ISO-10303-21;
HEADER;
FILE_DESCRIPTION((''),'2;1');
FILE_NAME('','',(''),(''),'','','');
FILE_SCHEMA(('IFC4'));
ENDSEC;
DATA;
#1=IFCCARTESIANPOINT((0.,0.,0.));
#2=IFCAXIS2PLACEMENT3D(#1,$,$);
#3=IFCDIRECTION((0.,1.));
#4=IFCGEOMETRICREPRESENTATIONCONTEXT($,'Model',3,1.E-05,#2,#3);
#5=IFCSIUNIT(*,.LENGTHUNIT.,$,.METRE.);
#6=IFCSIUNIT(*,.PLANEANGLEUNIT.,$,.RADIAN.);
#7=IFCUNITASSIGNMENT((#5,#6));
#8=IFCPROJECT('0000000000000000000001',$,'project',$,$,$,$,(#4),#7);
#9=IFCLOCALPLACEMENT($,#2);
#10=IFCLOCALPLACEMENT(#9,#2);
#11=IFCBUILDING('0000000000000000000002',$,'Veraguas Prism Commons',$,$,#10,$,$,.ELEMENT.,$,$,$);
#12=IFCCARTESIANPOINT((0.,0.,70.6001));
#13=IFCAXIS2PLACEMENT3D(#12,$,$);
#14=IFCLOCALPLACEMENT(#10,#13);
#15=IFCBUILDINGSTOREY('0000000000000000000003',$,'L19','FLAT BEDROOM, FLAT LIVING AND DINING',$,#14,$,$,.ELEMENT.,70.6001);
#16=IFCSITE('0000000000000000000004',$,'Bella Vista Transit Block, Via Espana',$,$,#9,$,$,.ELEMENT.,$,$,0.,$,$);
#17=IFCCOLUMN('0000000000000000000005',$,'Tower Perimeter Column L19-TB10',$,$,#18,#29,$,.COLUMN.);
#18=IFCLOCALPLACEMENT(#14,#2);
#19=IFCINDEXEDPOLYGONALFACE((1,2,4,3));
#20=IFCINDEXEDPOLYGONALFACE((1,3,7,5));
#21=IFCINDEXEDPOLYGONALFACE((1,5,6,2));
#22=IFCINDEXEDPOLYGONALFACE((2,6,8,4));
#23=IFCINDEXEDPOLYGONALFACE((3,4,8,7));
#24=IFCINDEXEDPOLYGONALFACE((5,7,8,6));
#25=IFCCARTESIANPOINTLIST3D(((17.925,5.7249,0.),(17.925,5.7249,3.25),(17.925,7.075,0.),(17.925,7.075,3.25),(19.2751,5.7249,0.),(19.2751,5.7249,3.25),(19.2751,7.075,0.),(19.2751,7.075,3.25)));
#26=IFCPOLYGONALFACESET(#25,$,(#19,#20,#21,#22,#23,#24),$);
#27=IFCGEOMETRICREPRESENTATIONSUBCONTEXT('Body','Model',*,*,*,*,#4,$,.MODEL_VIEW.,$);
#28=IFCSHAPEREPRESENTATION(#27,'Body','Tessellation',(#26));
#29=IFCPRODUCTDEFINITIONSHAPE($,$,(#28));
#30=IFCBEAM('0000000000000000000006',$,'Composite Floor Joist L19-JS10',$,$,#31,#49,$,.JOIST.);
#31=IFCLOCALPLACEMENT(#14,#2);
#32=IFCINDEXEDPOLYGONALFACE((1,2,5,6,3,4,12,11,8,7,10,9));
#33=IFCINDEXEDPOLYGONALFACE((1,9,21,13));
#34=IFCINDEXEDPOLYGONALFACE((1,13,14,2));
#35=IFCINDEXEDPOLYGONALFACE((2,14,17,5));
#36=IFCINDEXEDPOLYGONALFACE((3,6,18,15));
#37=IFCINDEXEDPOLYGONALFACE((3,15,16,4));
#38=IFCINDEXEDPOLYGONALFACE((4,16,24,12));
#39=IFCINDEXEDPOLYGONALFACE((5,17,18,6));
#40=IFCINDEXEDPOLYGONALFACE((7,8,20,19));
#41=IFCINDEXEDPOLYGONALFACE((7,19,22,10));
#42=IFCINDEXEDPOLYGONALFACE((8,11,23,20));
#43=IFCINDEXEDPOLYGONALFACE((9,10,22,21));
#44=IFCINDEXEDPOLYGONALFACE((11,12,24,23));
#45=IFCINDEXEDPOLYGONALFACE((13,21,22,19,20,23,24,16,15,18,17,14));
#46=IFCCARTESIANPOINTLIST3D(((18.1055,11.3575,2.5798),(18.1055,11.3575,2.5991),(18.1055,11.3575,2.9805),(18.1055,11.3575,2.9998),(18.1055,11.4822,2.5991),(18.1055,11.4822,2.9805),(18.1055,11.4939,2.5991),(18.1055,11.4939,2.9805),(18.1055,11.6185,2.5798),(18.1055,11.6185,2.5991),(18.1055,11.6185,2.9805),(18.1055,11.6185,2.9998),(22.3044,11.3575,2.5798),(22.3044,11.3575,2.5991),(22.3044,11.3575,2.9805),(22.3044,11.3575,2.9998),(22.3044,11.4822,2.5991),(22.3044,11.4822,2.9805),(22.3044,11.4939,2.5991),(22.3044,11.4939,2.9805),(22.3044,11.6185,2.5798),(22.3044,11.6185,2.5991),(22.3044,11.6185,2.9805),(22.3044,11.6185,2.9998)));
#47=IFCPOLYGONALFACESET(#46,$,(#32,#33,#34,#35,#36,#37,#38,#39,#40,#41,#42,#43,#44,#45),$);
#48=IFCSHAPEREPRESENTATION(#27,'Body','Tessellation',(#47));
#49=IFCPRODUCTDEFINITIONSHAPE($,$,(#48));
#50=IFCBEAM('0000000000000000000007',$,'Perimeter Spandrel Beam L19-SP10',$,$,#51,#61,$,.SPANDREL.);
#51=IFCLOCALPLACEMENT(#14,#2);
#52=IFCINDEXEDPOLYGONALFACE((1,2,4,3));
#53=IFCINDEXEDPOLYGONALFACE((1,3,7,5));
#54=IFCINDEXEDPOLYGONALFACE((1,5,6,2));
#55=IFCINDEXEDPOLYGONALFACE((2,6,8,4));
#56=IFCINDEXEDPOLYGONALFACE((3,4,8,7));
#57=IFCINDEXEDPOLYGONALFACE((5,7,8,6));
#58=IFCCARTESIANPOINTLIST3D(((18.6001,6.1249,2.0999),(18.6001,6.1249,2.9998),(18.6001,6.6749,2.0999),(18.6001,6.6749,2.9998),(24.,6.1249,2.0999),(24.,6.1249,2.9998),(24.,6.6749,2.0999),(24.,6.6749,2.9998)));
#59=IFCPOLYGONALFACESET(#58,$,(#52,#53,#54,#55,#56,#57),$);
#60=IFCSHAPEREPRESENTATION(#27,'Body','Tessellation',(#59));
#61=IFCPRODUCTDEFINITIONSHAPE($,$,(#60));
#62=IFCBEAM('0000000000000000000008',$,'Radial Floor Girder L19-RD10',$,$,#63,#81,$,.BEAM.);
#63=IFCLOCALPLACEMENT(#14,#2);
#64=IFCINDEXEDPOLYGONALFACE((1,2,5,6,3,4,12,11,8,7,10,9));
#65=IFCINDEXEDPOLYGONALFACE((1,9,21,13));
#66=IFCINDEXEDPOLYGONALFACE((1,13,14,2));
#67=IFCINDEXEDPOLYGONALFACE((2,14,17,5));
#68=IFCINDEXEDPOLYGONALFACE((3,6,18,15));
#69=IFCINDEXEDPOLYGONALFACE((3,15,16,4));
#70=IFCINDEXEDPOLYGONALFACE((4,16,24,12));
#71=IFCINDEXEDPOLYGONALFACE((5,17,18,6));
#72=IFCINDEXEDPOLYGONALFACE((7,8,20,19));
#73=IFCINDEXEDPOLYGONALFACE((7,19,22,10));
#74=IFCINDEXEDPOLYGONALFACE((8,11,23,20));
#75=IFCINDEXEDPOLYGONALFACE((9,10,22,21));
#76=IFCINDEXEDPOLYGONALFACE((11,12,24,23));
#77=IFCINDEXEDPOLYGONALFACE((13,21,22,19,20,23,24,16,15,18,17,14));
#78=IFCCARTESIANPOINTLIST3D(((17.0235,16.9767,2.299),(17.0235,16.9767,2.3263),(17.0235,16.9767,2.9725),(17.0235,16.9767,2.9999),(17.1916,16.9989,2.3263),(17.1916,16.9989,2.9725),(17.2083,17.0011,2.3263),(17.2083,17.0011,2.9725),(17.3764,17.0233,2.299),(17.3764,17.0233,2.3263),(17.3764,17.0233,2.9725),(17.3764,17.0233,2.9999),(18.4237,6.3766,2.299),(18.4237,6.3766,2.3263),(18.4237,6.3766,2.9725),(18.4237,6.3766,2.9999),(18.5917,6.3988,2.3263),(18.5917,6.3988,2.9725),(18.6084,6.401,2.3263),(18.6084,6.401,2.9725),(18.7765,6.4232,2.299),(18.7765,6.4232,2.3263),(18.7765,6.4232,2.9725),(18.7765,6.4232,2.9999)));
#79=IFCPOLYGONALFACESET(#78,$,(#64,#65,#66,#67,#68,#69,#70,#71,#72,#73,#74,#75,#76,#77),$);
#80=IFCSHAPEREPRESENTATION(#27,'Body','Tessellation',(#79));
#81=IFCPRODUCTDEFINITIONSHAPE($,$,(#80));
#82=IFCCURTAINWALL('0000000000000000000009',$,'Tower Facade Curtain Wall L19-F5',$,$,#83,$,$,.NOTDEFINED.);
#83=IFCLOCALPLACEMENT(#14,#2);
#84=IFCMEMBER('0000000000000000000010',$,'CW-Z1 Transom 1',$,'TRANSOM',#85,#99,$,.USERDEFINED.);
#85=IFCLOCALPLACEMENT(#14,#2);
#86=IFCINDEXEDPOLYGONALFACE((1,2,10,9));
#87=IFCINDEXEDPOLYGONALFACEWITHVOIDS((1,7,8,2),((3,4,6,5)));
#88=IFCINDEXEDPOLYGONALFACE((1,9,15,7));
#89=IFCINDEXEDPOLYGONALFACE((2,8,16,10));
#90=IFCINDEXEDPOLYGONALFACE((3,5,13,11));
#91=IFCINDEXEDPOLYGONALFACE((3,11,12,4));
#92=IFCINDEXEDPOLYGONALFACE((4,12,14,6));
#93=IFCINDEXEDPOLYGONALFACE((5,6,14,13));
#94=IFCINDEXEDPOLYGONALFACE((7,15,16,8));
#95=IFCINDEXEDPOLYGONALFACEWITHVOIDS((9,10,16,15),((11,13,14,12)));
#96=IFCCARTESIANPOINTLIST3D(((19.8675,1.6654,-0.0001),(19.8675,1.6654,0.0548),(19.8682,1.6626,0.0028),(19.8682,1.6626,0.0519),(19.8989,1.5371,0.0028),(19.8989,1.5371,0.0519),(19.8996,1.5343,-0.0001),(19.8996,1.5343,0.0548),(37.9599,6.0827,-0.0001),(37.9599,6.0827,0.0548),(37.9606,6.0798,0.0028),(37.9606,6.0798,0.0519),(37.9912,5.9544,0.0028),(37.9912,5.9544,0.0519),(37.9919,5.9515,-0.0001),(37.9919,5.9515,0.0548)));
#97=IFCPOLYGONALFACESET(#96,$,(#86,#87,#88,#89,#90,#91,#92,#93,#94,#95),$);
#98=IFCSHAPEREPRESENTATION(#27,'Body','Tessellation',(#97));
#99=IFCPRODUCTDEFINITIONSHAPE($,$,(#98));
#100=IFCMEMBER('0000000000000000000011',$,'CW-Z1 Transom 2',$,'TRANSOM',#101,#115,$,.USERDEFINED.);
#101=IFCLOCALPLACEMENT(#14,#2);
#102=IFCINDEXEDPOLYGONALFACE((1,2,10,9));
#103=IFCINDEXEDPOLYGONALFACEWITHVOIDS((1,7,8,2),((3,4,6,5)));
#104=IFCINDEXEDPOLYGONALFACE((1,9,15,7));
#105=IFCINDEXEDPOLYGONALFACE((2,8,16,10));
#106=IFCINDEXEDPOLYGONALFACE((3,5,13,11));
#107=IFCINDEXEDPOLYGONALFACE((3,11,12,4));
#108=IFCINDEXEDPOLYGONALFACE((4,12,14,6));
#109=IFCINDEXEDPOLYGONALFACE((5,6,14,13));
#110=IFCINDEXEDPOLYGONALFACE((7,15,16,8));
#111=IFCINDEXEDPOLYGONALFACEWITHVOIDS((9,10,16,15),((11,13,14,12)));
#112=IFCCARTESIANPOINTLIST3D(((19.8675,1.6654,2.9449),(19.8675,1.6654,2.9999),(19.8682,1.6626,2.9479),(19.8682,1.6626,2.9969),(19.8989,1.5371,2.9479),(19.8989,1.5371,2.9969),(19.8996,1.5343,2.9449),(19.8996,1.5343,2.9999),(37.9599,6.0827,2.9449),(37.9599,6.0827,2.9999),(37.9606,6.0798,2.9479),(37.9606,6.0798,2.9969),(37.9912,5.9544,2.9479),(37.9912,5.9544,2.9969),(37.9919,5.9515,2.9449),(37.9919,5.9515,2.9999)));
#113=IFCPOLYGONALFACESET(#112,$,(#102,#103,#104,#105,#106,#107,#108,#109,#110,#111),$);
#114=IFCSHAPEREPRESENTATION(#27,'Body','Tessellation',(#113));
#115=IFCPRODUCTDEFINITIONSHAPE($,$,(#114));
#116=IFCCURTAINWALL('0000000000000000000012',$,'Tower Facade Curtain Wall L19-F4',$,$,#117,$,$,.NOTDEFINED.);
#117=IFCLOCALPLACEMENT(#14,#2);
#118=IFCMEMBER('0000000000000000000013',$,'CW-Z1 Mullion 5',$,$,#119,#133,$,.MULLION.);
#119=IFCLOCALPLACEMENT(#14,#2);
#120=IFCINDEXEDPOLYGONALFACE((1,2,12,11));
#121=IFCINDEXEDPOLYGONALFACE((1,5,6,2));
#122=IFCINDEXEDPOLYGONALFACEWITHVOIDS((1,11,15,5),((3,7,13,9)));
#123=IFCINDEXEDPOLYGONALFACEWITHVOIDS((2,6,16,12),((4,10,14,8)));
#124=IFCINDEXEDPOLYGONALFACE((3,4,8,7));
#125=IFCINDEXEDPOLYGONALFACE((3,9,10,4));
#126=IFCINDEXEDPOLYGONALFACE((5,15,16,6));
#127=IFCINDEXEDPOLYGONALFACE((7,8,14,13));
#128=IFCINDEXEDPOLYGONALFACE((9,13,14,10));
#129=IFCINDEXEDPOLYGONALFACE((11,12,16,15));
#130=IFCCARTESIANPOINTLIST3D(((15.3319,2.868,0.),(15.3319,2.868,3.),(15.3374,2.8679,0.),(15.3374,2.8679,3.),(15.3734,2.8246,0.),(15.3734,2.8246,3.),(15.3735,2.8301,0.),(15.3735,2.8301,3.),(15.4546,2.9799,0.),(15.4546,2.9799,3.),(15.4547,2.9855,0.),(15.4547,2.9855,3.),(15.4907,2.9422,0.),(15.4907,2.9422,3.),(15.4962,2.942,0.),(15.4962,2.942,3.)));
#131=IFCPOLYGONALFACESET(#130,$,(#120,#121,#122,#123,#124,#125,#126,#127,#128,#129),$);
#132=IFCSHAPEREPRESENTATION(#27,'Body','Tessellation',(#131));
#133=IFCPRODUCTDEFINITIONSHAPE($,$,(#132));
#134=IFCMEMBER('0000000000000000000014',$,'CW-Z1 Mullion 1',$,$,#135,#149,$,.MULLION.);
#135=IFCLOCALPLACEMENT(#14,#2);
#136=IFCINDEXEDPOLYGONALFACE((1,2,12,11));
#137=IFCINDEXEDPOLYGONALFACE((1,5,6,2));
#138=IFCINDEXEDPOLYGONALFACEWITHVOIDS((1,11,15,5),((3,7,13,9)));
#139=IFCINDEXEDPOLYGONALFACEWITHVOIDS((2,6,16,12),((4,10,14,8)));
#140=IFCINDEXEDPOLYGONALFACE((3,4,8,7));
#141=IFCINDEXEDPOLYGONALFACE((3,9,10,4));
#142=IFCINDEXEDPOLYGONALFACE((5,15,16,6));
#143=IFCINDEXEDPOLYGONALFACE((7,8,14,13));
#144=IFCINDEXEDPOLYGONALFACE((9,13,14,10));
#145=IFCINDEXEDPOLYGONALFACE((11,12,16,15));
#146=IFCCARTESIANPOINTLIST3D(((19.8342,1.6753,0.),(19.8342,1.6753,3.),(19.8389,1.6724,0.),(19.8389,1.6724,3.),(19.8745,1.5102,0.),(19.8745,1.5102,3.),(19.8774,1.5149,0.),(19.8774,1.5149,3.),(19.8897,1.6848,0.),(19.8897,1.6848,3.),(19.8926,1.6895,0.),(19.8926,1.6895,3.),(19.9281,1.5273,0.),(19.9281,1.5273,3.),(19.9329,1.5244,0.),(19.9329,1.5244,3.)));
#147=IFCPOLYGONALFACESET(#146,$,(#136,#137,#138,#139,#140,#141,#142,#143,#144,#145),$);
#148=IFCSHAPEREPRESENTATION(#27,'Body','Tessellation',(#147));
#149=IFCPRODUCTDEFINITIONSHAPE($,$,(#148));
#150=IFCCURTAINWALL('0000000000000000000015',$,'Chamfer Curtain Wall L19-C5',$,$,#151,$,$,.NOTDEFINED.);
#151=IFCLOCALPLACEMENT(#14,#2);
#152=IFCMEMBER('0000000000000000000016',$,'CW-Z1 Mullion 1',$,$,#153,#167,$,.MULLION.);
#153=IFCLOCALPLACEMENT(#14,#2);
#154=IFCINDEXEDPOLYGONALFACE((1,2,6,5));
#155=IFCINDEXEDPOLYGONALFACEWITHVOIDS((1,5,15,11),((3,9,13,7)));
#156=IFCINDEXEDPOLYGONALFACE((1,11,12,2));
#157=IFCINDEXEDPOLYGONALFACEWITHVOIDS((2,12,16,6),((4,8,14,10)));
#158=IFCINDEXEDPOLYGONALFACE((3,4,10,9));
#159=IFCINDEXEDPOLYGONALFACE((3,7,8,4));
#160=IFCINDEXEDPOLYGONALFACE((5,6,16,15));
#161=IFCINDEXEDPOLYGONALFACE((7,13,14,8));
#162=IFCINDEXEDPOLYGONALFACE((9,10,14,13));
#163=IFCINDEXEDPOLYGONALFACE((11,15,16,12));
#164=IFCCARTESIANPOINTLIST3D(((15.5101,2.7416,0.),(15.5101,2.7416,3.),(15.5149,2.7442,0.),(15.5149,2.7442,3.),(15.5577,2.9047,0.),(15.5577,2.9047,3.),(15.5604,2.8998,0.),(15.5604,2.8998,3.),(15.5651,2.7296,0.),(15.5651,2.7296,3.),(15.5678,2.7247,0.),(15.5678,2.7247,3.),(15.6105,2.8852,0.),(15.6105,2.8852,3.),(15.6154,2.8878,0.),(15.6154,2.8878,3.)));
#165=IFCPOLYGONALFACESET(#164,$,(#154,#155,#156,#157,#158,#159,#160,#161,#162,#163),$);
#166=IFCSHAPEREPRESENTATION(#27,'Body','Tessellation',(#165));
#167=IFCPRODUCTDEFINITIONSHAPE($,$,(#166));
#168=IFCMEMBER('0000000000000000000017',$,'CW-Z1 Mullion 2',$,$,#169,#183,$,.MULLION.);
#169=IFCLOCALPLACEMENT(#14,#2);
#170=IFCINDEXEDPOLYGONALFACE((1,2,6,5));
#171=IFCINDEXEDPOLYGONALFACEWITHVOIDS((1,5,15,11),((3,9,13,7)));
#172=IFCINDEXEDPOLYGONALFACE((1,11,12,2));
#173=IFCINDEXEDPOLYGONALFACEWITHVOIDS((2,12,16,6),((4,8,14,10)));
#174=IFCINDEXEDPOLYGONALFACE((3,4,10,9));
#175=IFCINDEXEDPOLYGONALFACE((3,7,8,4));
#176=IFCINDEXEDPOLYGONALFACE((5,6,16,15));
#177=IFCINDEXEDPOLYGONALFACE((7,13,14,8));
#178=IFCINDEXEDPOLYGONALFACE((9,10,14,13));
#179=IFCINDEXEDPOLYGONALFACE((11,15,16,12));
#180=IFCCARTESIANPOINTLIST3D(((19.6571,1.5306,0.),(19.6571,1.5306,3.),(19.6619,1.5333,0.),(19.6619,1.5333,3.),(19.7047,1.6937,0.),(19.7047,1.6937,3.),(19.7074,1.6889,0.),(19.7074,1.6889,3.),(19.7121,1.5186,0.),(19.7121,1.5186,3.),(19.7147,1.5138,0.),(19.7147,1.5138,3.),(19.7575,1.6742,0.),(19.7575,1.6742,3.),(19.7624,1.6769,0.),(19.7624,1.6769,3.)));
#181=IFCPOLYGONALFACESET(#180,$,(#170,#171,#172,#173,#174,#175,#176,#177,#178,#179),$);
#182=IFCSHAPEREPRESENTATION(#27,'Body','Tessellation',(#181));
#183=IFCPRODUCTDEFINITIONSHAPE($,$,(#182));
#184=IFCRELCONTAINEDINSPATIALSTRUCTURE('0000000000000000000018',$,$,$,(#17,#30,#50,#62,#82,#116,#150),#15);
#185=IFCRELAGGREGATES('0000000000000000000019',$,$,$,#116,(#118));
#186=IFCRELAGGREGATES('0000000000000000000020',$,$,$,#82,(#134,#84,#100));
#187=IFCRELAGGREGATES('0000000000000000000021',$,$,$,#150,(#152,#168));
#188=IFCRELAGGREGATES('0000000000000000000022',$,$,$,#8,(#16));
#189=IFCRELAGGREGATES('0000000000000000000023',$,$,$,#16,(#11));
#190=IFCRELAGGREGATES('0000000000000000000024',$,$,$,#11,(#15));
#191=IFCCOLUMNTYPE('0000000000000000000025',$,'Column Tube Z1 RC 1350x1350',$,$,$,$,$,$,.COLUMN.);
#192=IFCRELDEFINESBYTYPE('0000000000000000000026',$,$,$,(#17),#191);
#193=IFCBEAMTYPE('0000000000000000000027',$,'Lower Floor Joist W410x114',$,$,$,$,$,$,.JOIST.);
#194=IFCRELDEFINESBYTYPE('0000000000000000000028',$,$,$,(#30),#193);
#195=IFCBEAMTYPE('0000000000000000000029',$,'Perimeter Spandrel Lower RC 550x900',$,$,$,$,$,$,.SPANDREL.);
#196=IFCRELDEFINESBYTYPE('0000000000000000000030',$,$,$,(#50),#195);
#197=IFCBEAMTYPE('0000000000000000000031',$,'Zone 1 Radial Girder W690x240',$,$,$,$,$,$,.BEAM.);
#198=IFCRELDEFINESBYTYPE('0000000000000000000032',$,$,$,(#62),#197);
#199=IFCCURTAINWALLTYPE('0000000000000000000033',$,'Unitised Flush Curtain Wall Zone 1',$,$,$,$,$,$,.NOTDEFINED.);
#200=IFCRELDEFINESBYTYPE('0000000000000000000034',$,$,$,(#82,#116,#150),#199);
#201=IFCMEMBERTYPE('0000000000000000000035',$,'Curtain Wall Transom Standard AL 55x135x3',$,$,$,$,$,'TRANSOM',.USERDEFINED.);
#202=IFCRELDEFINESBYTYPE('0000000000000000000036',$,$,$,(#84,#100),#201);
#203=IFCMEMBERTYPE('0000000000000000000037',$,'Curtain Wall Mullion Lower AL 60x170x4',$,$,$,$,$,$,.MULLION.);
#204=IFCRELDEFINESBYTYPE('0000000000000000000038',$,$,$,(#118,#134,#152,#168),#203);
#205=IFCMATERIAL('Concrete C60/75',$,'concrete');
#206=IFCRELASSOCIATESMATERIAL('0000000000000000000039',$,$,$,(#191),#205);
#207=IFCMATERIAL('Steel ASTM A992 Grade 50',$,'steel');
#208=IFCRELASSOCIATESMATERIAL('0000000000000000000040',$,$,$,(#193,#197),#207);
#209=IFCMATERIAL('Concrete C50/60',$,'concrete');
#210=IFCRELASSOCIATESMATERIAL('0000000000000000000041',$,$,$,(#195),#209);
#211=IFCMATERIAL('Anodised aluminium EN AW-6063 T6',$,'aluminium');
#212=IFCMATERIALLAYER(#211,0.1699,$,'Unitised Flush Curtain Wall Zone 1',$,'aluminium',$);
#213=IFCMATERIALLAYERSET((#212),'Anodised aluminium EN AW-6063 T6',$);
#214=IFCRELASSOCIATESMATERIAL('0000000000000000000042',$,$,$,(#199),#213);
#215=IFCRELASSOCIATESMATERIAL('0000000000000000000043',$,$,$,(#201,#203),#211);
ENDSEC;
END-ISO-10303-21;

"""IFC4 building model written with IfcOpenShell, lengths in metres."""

from ifc_helpers import new_model, si_unit, direction, frame, origin, origin_2d, place, context, subcontext, project, spatial, rectangle, hollow_rectangle, i_section, extrude, source, transform, mapped, material, layer, layer_set, material_profile, profile_set, type_object, element, aggregate, save


model = new_model("IFC4")

# Units and contexts
model_context = context("Model", 3, precision=1e-05, world=origin(), true_north=direction((0.0, 1.0)))
body_context = subcontext(model_context, "Body", "Model", "MODEL_VIEW")
ifc_project = project(units=[si_unit("LENGTHUNIT", "METRE"), si_unit("PLANEANGLEUNIT", "RADIAN")], contexts=[model_context])

# Site, building, storey
site_placement = place(None, origin())
site = spatial("IfcSite", under=ifc_project, at=site_placement, Name="Bella Vista Transit Block, Via Espana", CompositionType="ELEMENT", RefElevation=0.0)
building_placement = place(site_placement, origin())
building = spatial("IfcBuilding", under=site, at=building_placement, Name="Veraguas Prism Commons", CompositionType="ELEMENT")
storey_placement = place(building_placement, frame((0.0, 0.0, 70.6001)))
storey = spatial("IfcBuildingStorey", under=building, at=storey_placement, Name="L19", Description="FLAT BEDROOM, FLAT LIVING AND DINING", CompositionType="ELEMENT", Elevation=70.6001)

# Column
ifc_material_1 = material(Name="Concrete C60/75", Category="concrete")
ifc_material_profile_1 = material_profile(ifc_material_1, rectangle(XDim=1.3501, YDim=1.3501, at=origin_2d()), Name="RC1350X1350")
ifc_profile_set_1 = profile_set([ifc_material_profile_1], Name="Concrete C60/75")
column_type = type_object("IfcColumnType", Name="Column Tube Z1 RC 1350x1350", PredefinedType="COLUMN", material=ifc_profile_set_1)
column_placement = place(storey_placement, frame((18.6001, 6.3999, 0.0), z_axis=(0.0, 0.0, 1.0), x_axis=(1.0, 0.0, 0.0)))
element("IfcColumn", 1, at=column_placement, inside=storey, type_object=column_type, Name="Tower Perimeter Column L19-TB10", PredefinedType="COLUMN", context=body_context, shape_type="SweptSolid", body=[
    extrude(rectangle(XDim=1.3501, YDim=1.3501, at=origin_2d()), origin(), (0.0, 0.0, 1.0), 3.25),
])

# Beams
ifc_material_2 = material(Name="Steel ASTM A992 Grade 50", Category="steel")
ifc_material_profile_2 = material_profile(ifc_material_2, i_section(OverallWidth=0.261, OverallDepth=0.4199, WebThickness=0.0117, FlangeThickness=0.0193, at=origin_2d()), Name="W410X114")
ifc_profile_set_2 = profile_set([ifc_material_profile_2], Name="Steel ASTM A992 Grade 50")
beam_type_1 = type_object("IfcBeamType", Name="Lower Floor Joist W410x114", PredefinedType="JOIST", material=ifc_profile_set_2)
beam_1_placement = place(storey_placement, frame((18.1055, 11.488, 2.7898), z_axis=(1.0, 0.0, 0.0), x_axis=(0.0, 1.0, 0.0)))
element("IfcBeam", 2, at=beam_1_placement, inside=storey, type_object=beam_type_1, Name="Composite Floor Joist L19-JS10", PredefinedType="JOIST", context=body_context, shape_type="SweptSolid", body=[
    extrude(i_section(OverallWidth=0.261, OverallDepth=0.4199, WebThickness=0.0117, FlangeThickness=0.0193, at=origin_2d()), origin(), (0.0, 0.0, 1.0), 4.199),
])
ifc_material_3 = material(Name="Concrete C50/60", Category="concrete")
ifc_material_profile_3 = material_profile(ifc_material_3, rectangle(XDim=0.55, YDim=0.8999, at=origin_2d()), Name="RC550X900")
ifc_profile_set_3 = profile_set([ifc_material_profile_3], Name="Concrete C50/60")
beam_type_2 = type_object("IfcBeamType", Name="Perimeter Spandrel Lower RC 550x900", PredefinedType="SPANDREL", material=ifc_profile_set_3)
beam_2_placement = place(storey_placement, frame((18.6001, 6.3999, 2.5498), z_axis=(1.0, 0.0, 0.0), x_axis=(0.0, 1.0, 0.0)))
element("IfcBeam", 3, at=beam_2_placement, inside=storey, type_object=beam_type_2, Name="Perimeter Spandrel Beam L19-SP10", PredefinedType="SPANDREL", context=body_context, shape_type="SweptSolid", body=[
    extrude(rectangle(XDim=0.55, YDim=0.8999, at=origin_2d()), origin(), (0.0, 0.0, 1.0), 5.3999),
])
ifc_material_profile_4 = material_profile(ifc_material_2, i_section(OverallWidth=0.356, OverallDepth=0.7009, WebThickness=0.0168, FlangeThickness=0.0273, at=origin_2d()), Name="W690X240")
ifc_profile_set_4 = profile_set([ifc_material_profile_4], Name="Steel ASTM A992 Grade 50")
beam_type_3 = type_object("IfcBeamType", Name="Zone 1 Radial Girder W690x240", PredefinedType="BEAM", material=ifc_profile_set_4)
beam_3_placement = place(storey_placement, frame((18.6001, 6.3999, 2.6494), z_axis=(-0.130951, 0.991389, 0.0), x_axis=(-0.991389, -0.130951, 0.0)))
element("IfcBeam", 4, at=beam_3_placement, inside=storey, type_object=beam_type_3, Name="Radial Floor Girder L19-RD10", PredefinedType="BEAM", context=body_context, shape_type="SweptSolid", body=[
    extrude(i_section(OverallWidth=0.356, OverallDepth=0.7009, WebThickness=0.0168, FlangeThickness=0.0273, at=origin_2d()), origin(), (0.0, 0.0, 1.0), 10.6921),
])

# Curtain wall, members
ifc_material_4 = material(Name="Anodised aluminium EN AW-6063 T6", Category="aluminium")
ifc_layer_1 = layer(ifc_material_4, 0.1699, Name="Unitised Flush Curtain Wall Zone 1", Category="aluminium")
ifc_layer_set_1 = layer_set([ifc_layer_1], Name="Anodised aluminium EN AW-6063 T6")
curtain_wall_type = type_object("IfcCurtainWallType", Name="Unitised Flush Curtain Wall Zone 1", PredefinedType="NOTDEFINED", material=ifc_layer_set_1)
curtain_wall_1_placement = place(storey_placement, origin())
curtain_wall_1 = element("IfcCurtainWall", 5, at=curtain_wall_1_placement, inside=storey, type_object=curtain_wall_type, Name="Tower Facade Curtain Wall L19-F5", PredefinedType="NOTDEFINED")
ifc_material_profile_5 = material_profile(ifc_material_4, hollow_rectangle(XDim=0.0549, YDim=0.135, WallThickness=0.0029, at=origin_2d()), Name="AL55X135X3")
ifc_profile_set_5 = profile_set([ifc_material_profile_5], Name="Anodised aluminium EN AW-6063 T6")
member_type_1 = type_object("IfcMemberType", Name="Curtain Wall Transom Standard AL 55x135x3", ElementType="TRANSOM", PredefinedType="USERDEFINED", material=ifc_profile_set_5)
shared_shape_1 = source(origin(), body_context, "Body", "SweptSolid", [
    extrude(hollow_rectangle(XDim=0.0549, YDim=0.135, WallThickness=0.0029, at=origin_2d()), origin(), (0.0, 0.0, 1.0), 18.6238),
])
member_1_placement = place(storey_placement, frame((19.8835, 1.5999, 0.0273), z_axis=(0.971465, 0.237183, 0.0), x_axis=(0.0, 0.0, 1.0)))
member_1 = element("IfcMember", 6, at=member_1_placement, type_object=member_type_1, Name="CW-Z1 Transom 1", ObjectType="TRANSOM", PredefinedType="USERDEFINED", context=body_context, shape_type="MappedRepresentation", body=[
    mapped(shared_shape_1, transform((0.0, 0.0, 0.0), scale=1.0)),
])
member_2_placement = place(storey_placement, frame((19.8835, 1.5999, 2.9724), z_axis=(0.971465, 0.237183, 0.0), x_axis=(0.0, 0.0, 1.0)))
member_2 = element("IfcMember", 7, at=member_2_placement, type_object=member_type_1, Name="CW-Z1 Transom 2", ObjectType="TRANSOM", PredefinedType="USERDEFINED", context=body_context, shape_type="MappedRepresentation", body=[
    mapped(shared_shape_1, transform((0.0, 0.0, 0.0), scale=1.0)),
])

# Curtain wall, member
curtain_wall_2_placement = place(storey_placement, origin())
curtain_wall_2 = element("IfcCurtainWall", 8, at=curtain_wall_2_placement, inside=storey, type_object=curtain_wall_type, Name="Tower Facade Curtain Wall L19-F4", PredefinedType="NOTDEFINED")
ifc_material_profile_6 = material_profile(ifc_material_4, hollow_rectangle(XDim=0.0601, YDim=0.1699, WallThickness=0.0039, at=origin_2d()), Name="AL60X170X4")
ifc_profile_set_6 = profile_set([ifc_material_profile_6], Name="Anodised aluminium EN AW-6063 T6")
member_type_2 = type_object("IfcMemberType", Name="Curtain Wall Mullion Lower AL 60x170x4", PredefinedType="MULLION", material=ifc_profile_set_6)
shared_shape_2 = source(origin(), body_context, "Body", "SweptSolid", [
    extrude(hollow_rectangle(XDim=0.0601, YDim=0.1699, WallThickness=0.0039, at=origin_2d()), origin(), (0.0, 0.0, 1.0), 3.0),
])
member_3_placement = place(storey_placement, frame((15.4141, 2.905, 0.0), z_axis=(0.0, 0.0, 1.0), x_axis=(0.691136, -0.722725, 0.0)))
member_3 = element("IfcMember", 9, at=member_3_placement, type_object=member_type_2, Name="CW-Z1 Mullion 5", PredefinedType="MULLION", context=body_context, shape_type="MappedRepresentation", body=[
    mapped(shared_shape_2, transform((0.0, 0.0, 0.0), scale=1.0)),
])
aggregate(curtain_wall_2, [member_3])

# Member
member_4_placement = place(storey_placement, frame((19.8835, 1.5999, 0.0), z_axis=(0.0, 0.0, 1.0), x_axis=(0.971465, 0.237184, 0.0)))
member_4 = element("IfcMember", 10, at=member_4_placement, type_object=member_type_2, Name="CW-Z1 Mullion 1", PredefinedType="MULLION", context=body_context, shape_type="MappedRepresentation", body=[
    mapped(shared_shape_2, transform((0.0, 0.0, 0.0), scale=1.0)),
])
aggregate(curtain_wall_1, [member_4, member_1, member_2])

# Curtain wall, members
curtain_wall_3_placement = place(storey_placement, origin())
curtain_wall_3 = element("IfcCurtainWall", 11, at=curtain_wall_3_placement, inside=storey, type_object=curtain_wall_type, Name="Chamfer Curtain Wall L19-C5", PredefinedType="NOTDEFINED")
member_5_placement = place(storey_placement, frame((15.5627, 2.8147, 0.0), z_axis=(0.0, 0.0, 1.0), x_axis=(0.959901, -0.28034, 0.0)))
member_5 = element("IfcMember", 12, at=member_5_placement, type_object=member_type_2, Name="CW-Z1 Mullion 1", PredefinedType="MULLION", context=body_context, shape_type="MappedRepresentation", body=[
    mapped(shared_shape_2, transform((0.0, 0.0, 0.0), scale=1.0)),
])
member_6_placement = place(storey_placement, frame((19.7097, 1.6038, 0.0), z_axis=(0.0, 0.0, 1.0), x_axis=(0.959901, -0.28034, 0.0)))
member_6 = element("IfcMember", 13, at=member_6_placement, type_object=member_type_2, Name="CW-Z1 Mullion 2", PredefinedType="MULLION", context=body_context, shape_type="MappedRepresentation", body=[
    mapped(shared_shape_2, transform((0.0, 0.0, 0.0), scale=1.0)),
])
aggregate(curtain_wall_3, [member_5, member_6])

save(model, "model.ifc")
